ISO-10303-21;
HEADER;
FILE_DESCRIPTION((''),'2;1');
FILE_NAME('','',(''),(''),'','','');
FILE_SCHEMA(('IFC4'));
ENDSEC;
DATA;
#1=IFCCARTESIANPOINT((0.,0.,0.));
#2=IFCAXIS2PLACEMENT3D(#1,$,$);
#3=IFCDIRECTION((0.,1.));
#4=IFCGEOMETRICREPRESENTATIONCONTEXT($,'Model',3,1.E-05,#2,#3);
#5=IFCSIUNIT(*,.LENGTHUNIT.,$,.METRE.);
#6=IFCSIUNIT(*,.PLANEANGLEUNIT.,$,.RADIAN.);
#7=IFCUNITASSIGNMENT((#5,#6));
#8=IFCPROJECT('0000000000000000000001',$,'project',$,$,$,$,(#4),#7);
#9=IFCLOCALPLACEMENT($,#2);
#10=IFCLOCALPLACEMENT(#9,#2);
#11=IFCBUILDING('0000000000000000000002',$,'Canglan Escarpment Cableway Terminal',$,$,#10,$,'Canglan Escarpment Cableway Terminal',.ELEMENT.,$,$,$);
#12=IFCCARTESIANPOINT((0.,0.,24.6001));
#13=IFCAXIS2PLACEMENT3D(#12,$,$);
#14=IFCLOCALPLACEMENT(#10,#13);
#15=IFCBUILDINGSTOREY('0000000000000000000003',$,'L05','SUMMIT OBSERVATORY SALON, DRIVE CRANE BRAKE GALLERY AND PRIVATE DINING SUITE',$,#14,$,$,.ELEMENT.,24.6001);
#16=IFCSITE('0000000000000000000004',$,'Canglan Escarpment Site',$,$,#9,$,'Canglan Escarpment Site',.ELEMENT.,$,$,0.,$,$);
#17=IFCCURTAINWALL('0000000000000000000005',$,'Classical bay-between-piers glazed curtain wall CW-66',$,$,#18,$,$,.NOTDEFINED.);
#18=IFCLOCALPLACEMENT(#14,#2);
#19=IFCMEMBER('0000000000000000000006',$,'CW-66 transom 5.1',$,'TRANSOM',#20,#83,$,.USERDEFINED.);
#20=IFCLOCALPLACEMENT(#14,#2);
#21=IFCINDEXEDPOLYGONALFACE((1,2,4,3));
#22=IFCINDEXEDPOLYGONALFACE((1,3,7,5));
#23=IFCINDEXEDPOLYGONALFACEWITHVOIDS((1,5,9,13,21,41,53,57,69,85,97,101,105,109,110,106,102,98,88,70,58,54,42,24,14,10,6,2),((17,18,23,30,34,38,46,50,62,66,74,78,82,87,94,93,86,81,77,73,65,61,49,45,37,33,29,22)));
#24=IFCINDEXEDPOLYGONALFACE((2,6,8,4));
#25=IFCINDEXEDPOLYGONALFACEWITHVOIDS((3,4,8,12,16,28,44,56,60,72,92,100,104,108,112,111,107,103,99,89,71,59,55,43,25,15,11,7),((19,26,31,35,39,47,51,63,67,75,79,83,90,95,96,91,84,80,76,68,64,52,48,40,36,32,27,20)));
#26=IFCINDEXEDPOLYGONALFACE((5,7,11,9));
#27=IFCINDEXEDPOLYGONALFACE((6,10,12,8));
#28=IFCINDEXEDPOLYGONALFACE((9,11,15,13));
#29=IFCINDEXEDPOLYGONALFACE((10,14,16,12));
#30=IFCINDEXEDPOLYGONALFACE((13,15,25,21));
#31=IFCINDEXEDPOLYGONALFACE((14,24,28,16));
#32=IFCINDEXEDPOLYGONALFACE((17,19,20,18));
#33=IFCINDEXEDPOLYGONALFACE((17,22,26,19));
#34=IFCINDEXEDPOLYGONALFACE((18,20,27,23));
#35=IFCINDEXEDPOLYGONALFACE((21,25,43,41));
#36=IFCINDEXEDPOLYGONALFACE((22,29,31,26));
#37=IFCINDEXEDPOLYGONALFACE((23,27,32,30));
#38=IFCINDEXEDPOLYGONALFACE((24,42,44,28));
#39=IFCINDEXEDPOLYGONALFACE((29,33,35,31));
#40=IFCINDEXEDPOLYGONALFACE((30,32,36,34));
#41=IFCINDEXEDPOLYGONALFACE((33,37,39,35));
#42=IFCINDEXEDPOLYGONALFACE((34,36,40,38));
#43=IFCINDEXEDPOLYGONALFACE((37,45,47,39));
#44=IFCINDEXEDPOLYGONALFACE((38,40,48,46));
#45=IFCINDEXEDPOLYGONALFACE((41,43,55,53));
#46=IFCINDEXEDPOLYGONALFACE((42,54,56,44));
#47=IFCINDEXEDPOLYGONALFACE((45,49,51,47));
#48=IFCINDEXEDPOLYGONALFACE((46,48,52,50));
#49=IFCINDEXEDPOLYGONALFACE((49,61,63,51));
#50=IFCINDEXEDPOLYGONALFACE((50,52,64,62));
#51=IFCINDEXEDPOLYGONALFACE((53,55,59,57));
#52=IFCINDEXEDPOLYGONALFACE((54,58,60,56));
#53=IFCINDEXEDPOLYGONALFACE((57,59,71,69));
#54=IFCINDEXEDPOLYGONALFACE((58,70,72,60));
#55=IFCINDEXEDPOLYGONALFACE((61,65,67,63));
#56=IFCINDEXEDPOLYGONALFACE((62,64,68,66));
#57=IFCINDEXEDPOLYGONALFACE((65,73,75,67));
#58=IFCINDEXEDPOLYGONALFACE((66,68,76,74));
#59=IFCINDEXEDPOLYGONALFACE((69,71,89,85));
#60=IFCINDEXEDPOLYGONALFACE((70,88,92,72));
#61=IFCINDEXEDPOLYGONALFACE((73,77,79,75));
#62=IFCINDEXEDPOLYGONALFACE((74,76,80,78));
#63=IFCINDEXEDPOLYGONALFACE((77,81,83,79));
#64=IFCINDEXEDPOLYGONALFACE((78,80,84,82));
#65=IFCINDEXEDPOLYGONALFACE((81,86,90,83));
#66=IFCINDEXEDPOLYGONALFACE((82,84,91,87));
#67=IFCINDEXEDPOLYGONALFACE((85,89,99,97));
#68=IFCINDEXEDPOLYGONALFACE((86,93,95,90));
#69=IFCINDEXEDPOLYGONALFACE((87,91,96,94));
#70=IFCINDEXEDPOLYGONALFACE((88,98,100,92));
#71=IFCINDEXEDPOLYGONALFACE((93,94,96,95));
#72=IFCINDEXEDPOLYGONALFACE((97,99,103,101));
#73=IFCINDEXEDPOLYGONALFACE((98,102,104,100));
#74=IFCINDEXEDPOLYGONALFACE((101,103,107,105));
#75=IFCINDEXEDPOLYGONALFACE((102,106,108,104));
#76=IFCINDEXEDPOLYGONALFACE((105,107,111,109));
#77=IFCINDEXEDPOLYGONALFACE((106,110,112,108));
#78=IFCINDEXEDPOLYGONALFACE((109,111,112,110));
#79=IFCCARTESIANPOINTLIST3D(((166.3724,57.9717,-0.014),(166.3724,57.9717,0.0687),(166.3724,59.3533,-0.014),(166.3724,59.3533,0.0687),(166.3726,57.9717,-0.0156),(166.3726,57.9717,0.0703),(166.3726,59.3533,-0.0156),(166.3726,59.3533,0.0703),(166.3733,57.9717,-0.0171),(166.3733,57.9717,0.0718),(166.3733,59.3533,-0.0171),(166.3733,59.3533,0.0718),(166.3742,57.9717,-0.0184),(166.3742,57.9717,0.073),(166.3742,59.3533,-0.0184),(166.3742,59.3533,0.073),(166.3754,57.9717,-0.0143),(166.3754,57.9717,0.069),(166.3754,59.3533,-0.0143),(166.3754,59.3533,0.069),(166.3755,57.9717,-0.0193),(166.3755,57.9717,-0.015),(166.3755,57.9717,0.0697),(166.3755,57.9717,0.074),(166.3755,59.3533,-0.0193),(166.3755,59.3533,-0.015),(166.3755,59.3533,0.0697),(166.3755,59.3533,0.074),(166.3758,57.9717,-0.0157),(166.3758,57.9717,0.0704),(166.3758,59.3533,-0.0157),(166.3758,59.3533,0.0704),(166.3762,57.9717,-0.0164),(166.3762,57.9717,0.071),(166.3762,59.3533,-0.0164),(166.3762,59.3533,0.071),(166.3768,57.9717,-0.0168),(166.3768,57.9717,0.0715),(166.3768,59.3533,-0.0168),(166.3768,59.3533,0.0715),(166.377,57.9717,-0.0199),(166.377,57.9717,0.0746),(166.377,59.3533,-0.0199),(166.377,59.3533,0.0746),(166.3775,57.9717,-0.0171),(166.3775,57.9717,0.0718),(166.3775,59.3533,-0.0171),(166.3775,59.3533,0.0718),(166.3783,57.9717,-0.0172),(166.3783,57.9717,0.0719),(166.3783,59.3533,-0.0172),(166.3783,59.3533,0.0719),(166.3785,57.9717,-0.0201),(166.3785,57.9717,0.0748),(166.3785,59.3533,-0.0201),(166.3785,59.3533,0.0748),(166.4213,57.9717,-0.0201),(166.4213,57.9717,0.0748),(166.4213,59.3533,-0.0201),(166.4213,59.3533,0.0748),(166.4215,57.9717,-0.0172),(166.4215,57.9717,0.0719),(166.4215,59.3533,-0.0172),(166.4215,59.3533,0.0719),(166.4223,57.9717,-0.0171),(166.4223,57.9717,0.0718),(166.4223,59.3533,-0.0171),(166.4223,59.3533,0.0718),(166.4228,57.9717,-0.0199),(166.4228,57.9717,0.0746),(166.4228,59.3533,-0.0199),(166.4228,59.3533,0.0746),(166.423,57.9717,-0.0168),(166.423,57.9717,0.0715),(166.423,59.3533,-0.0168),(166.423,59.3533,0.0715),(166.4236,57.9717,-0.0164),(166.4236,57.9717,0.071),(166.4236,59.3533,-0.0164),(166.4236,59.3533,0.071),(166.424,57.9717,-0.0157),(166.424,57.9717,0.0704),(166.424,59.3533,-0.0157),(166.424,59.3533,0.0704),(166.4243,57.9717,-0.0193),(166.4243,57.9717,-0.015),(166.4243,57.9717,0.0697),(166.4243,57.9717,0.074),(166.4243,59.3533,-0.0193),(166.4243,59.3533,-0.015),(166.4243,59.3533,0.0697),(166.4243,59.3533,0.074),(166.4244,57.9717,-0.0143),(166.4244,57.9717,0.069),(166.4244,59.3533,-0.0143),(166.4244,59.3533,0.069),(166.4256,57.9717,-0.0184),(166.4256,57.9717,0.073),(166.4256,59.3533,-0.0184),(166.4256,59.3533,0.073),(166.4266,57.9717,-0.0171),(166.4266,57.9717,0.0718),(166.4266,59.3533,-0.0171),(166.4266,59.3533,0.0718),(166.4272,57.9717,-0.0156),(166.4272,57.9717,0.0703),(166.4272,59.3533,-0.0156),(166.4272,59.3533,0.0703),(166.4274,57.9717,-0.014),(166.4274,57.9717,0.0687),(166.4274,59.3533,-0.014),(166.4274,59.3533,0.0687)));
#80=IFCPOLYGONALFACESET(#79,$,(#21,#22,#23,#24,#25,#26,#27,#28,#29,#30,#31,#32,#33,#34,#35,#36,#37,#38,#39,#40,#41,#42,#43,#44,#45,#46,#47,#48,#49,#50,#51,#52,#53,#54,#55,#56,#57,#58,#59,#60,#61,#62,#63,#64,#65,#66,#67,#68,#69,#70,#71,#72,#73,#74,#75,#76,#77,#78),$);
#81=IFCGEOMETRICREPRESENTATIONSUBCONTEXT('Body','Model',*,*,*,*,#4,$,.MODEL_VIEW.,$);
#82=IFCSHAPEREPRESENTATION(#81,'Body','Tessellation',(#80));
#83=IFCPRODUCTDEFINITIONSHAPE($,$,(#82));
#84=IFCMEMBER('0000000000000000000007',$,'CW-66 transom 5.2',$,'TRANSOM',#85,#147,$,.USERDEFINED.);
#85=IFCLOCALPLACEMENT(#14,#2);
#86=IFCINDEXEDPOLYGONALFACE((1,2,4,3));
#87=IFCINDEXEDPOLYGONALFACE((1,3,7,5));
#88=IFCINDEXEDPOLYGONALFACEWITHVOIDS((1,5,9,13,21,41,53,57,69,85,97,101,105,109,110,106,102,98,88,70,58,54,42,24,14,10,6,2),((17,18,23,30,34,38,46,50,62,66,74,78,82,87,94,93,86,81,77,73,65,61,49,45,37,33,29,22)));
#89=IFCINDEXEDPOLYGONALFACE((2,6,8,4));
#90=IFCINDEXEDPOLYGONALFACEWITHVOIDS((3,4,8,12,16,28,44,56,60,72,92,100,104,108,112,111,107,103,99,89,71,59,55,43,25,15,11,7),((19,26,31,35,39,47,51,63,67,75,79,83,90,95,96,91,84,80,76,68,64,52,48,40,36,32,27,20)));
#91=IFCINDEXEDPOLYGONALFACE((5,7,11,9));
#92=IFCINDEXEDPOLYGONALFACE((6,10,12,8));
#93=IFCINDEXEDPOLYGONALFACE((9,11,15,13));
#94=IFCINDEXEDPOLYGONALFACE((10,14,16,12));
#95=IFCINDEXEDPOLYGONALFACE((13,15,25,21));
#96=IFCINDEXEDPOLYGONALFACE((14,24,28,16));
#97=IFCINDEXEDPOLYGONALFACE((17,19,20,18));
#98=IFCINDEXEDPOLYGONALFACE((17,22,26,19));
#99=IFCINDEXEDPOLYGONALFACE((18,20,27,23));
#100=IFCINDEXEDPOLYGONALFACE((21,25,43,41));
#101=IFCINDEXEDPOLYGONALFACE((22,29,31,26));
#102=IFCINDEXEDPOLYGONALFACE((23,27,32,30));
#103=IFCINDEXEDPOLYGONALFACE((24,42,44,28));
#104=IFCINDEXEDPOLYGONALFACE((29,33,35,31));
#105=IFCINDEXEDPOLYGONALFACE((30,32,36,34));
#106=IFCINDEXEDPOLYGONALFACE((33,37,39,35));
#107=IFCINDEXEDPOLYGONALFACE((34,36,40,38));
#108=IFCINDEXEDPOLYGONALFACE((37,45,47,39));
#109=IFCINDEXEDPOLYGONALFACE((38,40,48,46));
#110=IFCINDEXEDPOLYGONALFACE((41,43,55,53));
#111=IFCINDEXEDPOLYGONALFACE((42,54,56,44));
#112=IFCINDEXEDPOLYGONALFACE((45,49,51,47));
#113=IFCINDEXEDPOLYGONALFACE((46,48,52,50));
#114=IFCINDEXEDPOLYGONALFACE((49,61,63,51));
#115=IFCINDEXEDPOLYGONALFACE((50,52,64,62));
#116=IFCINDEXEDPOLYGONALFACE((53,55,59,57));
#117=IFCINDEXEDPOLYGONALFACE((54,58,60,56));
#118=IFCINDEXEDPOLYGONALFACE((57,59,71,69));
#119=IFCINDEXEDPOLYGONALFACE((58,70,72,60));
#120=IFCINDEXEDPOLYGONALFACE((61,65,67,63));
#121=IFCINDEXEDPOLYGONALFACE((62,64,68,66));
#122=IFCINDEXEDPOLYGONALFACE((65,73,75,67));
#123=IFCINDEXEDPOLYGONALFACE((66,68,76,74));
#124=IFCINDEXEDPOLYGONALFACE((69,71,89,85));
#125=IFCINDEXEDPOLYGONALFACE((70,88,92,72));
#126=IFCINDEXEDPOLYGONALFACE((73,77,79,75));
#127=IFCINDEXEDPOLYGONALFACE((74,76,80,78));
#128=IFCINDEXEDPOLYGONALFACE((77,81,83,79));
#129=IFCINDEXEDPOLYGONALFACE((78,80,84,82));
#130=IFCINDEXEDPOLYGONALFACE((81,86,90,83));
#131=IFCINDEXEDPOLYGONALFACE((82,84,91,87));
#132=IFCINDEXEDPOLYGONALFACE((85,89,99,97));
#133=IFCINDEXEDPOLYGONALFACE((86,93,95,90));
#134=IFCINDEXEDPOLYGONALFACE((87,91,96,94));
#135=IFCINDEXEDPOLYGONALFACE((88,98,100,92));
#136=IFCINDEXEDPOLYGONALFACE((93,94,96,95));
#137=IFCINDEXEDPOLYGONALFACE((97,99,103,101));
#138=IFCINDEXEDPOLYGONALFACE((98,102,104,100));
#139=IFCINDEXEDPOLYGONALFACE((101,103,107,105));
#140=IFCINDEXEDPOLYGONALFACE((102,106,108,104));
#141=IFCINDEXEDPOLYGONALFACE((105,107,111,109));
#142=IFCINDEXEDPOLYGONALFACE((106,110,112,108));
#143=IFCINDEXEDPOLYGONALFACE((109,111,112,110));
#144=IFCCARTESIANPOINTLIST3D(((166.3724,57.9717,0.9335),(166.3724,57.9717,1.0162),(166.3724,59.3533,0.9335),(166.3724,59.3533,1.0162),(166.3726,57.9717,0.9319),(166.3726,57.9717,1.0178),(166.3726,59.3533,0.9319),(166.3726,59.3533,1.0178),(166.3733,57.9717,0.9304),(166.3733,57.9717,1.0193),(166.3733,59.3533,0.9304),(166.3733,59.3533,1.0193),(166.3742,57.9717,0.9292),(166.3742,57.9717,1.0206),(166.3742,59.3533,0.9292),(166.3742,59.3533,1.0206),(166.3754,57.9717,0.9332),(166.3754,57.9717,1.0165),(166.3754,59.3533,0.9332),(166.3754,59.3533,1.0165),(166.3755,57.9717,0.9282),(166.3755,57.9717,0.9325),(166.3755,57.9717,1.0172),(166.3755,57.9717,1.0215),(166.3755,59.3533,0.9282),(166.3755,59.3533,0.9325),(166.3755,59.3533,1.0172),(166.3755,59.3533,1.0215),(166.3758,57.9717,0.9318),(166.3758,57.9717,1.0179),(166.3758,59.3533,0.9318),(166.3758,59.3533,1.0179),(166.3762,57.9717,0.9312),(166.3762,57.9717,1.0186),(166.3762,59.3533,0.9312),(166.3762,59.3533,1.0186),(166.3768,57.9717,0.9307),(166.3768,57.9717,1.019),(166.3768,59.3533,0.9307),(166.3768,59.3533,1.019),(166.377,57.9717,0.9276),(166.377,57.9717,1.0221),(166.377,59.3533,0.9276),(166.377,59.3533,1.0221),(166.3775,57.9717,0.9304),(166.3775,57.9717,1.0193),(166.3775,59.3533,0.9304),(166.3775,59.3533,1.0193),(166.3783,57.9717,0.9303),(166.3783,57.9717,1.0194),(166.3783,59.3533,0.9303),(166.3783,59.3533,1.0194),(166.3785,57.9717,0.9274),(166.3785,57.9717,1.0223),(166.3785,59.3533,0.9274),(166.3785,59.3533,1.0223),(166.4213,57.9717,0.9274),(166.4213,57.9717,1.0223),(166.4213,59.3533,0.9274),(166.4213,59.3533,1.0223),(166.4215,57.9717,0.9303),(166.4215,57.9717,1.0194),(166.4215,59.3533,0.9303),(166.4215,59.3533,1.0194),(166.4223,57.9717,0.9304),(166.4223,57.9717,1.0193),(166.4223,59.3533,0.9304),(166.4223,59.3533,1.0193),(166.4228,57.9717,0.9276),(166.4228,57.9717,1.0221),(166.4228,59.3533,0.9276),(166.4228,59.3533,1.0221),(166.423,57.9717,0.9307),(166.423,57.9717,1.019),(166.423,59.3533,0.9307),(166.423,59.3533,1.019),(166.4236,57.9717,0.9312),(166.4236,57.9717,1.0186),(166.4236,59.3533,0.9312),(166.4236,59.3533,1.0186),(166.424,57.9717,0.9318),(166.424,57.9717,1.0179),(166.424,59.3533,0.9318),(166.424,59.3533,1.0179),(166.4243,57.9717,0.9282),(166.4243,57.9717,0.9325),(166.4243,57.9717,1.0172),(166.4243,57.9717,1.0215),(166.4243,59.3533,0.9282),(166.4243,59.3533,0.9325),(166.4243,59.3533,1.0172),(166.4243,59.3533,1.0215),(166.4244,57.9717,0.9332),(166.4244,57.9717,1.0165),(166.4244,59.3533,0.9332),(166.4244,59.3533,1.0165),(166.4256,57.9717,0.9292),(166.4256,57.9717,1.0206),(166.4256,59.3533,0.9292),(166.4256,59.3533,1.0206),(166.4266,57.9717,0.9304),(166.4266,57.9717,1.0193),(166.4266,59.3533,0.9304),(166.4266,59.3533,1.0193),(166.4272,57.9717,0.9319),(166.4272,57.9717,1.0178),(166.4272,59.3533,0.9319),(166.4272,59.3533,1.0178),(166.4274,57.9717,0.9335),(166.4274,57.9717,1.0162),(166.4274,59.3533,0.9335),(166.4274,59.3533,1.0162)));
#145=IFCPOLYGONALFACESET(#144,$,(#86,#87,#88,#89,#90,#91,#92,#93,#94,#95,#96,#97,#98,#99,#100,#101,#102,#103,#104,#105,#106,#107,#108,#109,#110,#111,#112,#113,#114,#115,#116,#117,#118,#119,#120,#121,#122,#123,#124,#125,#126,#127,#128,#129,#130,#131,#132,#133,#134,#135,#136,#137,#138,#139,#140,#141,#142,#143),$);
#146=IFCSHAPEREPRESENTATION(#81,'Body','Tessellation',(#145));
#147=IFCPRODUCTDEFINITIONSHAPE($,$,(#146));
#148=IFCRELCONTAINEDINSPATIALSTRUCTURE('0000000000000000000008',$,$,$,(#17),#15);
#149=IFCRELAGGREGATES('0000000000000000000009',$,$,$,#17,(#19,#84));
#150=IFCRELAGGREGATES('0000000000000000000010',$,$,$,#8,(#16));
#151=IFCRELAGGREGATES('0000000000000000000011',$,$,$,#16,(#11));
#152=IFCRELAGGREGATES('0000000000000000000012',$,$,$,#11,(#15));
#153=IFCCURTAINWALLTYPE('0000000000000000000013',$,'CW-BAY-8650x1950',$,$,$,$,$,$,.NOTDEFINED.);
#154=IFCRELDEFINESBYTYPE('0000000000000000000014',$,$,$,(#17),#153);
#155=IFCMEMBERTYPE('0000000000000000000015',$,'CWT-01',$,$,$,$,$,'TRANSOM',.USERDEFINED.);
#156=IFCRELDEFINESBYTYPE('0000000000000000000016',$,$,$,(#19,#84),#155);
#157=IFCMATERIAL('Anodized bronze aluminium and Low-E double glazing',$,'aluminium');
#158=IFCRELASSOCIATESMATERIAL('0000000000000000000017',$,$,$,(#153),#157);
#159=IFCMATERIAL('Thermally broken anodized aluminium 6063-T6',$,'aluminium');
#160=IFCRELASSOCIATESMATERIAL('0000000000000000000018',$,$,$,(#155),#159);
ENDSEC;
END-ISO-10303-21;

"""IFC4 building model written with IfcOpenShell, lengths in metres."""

from ifc_helpers import new_model, si_unit, direction, frame, origin, origin_2d, place, context, subcontext, project, spatial, hollow_rectangle, extrude, material, material_profile, profile_set, type_object, element, aggregate, save


model = new_model("IFC4")

# Units and contexts
model_context = context("Model", 3, precision=1e-05, world=origin(), true_north=direction((0.0, 1.0)))
body_context = subcontext(model_context, "Body", "Model", "MODEL_VIEW")
ifc_project = project(units=[si_unit("LENGTHUNIT", "METRE"), si_unit("PLANEANGLEUNIT", "RADIAN")], contexts=[model_context])

# Site, building, storey
site_placement = place(None, origin())
site = spatial("IfcSite", under=ifc_project, at=site_placement, Name="Canglan Escarpment Site", LongName="Canglan Escarpment Site", CompositionType="ELEMENT", RefElevation=0.0)
building_placement = place(site_placement, origin())
building = spatial("IfcBuilding", under=site, at=building_placement, Name="Canglan Escarpment Cableway Terminal", LongName="Canglan Escarpment Cableway Terminal", CompositionType="ELEMENT")
storey_placement = place(building_placement, frame((0.0, 0.0, 24.6001)))
storey = spatial("IfcBuildingStorey", under=building, at=storey_placement, Name="L05", Description="SUMMIT OBSERVATORY SALON, DRIVE CRANE BRAKE GALLERY AND PRIVATE DINING SUITE", CompositionType="ELEMENT", Elevation=24.6001)

# Shared definitions
ifc_material_1 = material(Name="Anodized bronze aluminium and Low-E double glazing", Category="aluminium")
ifc_material_2 = material(Name="Thermally broken anodized aluminium 6063-T6", Category="aluminium")

# Curtain wall, members
curtain_wall_type_1 = type_object("IfcCurtainWallType", Name="CW-BAY-8650x1950", PredefinedType="NOTDEFINED", material=ifc_material_1)
curtain_wall_1_placement = place(storey_placement, origin())
curtain_wall_1 = element("IfcCurtainWall", 1, at=curtain_wall_1_placement, inside=storey, type_object=curtain_wall_type_1, Name="Classical bay-between-piers glazed curtain wall CW-66", PredefinedType="NOTDEFINED")
ifc_material_profile_1 = material_profile(ifc_material_2, hollow_rectangle(XDim=0.0549, YDim=0.095, WallThickness=0.0029, InnerFilletRadius=0.0029, OuterFilletRadius=0.0061, at=origin_2d()), Name="ALU-TRAN 55x95x3")
ifc_profile_set_1 = profile_set([ifc_material_profile_1], Name="Thermally broken anodized aluminium 6063-T6")
member_type_1 = type_object("IfcMemberType", Name="CWT-01", ElementType="TRANSOM", PredefinedType="USERDEFINED", material=ifc_profile_set_1)
member_1_placement = place(storey_placement, frame((166.3999, 57.9717, 0.0273), z_axis=(0.0, 1.0, 0.0), x_axis=(-1.0, 0.0, 0.0)))
member_1 = element("IfcMember", 2, at=member_1_placement, type_object=member_type_1, Name="CW-66 transom 5.1", ObjectType="TRANSOM", PredefinedType="USERDEFINED", context=body_context, shape_type="SweptSolid", body=[
    extrude(hollow_rectangle(XDim=0.0549, YDim=0.095, WallThickness=0.0029, InnerFilletRadius=0.0029, OuterFilletRadius=0.0061, at=origin_2d()), origin(), (0.0, 0.0, 1.0), 1.3816),
])
member_2_placement = place(storey_placement, frame((166.3999, 57.9717, 0.9749), z_axis=(0.0, 1.0, 0.0), x_axis=(-1.0, 0.0, 0.0)))
member_2 = element("IfcMember", 3, at=member_2_placement, type_object=member_type_1, Name="CW-66 transom 5.2", ObjectType="TRANSOM", PredefinedType="USERDEFINED", context=body_context, shape_type="SweptSolid", body=[
    extrude(hollow_rectangle(XDim=0.0549, YDim=0.095, WallThickness=0.0029, InnerFilletRadius=0.0029, OuterFilletRadius=0.0061, at=origin_2d()), origin(), (0.0, 0.0, 1.0), 1.3816),
])

aggregate(curtain_wall_1, [member_1, member_2])

save(model, "model.ifc")
